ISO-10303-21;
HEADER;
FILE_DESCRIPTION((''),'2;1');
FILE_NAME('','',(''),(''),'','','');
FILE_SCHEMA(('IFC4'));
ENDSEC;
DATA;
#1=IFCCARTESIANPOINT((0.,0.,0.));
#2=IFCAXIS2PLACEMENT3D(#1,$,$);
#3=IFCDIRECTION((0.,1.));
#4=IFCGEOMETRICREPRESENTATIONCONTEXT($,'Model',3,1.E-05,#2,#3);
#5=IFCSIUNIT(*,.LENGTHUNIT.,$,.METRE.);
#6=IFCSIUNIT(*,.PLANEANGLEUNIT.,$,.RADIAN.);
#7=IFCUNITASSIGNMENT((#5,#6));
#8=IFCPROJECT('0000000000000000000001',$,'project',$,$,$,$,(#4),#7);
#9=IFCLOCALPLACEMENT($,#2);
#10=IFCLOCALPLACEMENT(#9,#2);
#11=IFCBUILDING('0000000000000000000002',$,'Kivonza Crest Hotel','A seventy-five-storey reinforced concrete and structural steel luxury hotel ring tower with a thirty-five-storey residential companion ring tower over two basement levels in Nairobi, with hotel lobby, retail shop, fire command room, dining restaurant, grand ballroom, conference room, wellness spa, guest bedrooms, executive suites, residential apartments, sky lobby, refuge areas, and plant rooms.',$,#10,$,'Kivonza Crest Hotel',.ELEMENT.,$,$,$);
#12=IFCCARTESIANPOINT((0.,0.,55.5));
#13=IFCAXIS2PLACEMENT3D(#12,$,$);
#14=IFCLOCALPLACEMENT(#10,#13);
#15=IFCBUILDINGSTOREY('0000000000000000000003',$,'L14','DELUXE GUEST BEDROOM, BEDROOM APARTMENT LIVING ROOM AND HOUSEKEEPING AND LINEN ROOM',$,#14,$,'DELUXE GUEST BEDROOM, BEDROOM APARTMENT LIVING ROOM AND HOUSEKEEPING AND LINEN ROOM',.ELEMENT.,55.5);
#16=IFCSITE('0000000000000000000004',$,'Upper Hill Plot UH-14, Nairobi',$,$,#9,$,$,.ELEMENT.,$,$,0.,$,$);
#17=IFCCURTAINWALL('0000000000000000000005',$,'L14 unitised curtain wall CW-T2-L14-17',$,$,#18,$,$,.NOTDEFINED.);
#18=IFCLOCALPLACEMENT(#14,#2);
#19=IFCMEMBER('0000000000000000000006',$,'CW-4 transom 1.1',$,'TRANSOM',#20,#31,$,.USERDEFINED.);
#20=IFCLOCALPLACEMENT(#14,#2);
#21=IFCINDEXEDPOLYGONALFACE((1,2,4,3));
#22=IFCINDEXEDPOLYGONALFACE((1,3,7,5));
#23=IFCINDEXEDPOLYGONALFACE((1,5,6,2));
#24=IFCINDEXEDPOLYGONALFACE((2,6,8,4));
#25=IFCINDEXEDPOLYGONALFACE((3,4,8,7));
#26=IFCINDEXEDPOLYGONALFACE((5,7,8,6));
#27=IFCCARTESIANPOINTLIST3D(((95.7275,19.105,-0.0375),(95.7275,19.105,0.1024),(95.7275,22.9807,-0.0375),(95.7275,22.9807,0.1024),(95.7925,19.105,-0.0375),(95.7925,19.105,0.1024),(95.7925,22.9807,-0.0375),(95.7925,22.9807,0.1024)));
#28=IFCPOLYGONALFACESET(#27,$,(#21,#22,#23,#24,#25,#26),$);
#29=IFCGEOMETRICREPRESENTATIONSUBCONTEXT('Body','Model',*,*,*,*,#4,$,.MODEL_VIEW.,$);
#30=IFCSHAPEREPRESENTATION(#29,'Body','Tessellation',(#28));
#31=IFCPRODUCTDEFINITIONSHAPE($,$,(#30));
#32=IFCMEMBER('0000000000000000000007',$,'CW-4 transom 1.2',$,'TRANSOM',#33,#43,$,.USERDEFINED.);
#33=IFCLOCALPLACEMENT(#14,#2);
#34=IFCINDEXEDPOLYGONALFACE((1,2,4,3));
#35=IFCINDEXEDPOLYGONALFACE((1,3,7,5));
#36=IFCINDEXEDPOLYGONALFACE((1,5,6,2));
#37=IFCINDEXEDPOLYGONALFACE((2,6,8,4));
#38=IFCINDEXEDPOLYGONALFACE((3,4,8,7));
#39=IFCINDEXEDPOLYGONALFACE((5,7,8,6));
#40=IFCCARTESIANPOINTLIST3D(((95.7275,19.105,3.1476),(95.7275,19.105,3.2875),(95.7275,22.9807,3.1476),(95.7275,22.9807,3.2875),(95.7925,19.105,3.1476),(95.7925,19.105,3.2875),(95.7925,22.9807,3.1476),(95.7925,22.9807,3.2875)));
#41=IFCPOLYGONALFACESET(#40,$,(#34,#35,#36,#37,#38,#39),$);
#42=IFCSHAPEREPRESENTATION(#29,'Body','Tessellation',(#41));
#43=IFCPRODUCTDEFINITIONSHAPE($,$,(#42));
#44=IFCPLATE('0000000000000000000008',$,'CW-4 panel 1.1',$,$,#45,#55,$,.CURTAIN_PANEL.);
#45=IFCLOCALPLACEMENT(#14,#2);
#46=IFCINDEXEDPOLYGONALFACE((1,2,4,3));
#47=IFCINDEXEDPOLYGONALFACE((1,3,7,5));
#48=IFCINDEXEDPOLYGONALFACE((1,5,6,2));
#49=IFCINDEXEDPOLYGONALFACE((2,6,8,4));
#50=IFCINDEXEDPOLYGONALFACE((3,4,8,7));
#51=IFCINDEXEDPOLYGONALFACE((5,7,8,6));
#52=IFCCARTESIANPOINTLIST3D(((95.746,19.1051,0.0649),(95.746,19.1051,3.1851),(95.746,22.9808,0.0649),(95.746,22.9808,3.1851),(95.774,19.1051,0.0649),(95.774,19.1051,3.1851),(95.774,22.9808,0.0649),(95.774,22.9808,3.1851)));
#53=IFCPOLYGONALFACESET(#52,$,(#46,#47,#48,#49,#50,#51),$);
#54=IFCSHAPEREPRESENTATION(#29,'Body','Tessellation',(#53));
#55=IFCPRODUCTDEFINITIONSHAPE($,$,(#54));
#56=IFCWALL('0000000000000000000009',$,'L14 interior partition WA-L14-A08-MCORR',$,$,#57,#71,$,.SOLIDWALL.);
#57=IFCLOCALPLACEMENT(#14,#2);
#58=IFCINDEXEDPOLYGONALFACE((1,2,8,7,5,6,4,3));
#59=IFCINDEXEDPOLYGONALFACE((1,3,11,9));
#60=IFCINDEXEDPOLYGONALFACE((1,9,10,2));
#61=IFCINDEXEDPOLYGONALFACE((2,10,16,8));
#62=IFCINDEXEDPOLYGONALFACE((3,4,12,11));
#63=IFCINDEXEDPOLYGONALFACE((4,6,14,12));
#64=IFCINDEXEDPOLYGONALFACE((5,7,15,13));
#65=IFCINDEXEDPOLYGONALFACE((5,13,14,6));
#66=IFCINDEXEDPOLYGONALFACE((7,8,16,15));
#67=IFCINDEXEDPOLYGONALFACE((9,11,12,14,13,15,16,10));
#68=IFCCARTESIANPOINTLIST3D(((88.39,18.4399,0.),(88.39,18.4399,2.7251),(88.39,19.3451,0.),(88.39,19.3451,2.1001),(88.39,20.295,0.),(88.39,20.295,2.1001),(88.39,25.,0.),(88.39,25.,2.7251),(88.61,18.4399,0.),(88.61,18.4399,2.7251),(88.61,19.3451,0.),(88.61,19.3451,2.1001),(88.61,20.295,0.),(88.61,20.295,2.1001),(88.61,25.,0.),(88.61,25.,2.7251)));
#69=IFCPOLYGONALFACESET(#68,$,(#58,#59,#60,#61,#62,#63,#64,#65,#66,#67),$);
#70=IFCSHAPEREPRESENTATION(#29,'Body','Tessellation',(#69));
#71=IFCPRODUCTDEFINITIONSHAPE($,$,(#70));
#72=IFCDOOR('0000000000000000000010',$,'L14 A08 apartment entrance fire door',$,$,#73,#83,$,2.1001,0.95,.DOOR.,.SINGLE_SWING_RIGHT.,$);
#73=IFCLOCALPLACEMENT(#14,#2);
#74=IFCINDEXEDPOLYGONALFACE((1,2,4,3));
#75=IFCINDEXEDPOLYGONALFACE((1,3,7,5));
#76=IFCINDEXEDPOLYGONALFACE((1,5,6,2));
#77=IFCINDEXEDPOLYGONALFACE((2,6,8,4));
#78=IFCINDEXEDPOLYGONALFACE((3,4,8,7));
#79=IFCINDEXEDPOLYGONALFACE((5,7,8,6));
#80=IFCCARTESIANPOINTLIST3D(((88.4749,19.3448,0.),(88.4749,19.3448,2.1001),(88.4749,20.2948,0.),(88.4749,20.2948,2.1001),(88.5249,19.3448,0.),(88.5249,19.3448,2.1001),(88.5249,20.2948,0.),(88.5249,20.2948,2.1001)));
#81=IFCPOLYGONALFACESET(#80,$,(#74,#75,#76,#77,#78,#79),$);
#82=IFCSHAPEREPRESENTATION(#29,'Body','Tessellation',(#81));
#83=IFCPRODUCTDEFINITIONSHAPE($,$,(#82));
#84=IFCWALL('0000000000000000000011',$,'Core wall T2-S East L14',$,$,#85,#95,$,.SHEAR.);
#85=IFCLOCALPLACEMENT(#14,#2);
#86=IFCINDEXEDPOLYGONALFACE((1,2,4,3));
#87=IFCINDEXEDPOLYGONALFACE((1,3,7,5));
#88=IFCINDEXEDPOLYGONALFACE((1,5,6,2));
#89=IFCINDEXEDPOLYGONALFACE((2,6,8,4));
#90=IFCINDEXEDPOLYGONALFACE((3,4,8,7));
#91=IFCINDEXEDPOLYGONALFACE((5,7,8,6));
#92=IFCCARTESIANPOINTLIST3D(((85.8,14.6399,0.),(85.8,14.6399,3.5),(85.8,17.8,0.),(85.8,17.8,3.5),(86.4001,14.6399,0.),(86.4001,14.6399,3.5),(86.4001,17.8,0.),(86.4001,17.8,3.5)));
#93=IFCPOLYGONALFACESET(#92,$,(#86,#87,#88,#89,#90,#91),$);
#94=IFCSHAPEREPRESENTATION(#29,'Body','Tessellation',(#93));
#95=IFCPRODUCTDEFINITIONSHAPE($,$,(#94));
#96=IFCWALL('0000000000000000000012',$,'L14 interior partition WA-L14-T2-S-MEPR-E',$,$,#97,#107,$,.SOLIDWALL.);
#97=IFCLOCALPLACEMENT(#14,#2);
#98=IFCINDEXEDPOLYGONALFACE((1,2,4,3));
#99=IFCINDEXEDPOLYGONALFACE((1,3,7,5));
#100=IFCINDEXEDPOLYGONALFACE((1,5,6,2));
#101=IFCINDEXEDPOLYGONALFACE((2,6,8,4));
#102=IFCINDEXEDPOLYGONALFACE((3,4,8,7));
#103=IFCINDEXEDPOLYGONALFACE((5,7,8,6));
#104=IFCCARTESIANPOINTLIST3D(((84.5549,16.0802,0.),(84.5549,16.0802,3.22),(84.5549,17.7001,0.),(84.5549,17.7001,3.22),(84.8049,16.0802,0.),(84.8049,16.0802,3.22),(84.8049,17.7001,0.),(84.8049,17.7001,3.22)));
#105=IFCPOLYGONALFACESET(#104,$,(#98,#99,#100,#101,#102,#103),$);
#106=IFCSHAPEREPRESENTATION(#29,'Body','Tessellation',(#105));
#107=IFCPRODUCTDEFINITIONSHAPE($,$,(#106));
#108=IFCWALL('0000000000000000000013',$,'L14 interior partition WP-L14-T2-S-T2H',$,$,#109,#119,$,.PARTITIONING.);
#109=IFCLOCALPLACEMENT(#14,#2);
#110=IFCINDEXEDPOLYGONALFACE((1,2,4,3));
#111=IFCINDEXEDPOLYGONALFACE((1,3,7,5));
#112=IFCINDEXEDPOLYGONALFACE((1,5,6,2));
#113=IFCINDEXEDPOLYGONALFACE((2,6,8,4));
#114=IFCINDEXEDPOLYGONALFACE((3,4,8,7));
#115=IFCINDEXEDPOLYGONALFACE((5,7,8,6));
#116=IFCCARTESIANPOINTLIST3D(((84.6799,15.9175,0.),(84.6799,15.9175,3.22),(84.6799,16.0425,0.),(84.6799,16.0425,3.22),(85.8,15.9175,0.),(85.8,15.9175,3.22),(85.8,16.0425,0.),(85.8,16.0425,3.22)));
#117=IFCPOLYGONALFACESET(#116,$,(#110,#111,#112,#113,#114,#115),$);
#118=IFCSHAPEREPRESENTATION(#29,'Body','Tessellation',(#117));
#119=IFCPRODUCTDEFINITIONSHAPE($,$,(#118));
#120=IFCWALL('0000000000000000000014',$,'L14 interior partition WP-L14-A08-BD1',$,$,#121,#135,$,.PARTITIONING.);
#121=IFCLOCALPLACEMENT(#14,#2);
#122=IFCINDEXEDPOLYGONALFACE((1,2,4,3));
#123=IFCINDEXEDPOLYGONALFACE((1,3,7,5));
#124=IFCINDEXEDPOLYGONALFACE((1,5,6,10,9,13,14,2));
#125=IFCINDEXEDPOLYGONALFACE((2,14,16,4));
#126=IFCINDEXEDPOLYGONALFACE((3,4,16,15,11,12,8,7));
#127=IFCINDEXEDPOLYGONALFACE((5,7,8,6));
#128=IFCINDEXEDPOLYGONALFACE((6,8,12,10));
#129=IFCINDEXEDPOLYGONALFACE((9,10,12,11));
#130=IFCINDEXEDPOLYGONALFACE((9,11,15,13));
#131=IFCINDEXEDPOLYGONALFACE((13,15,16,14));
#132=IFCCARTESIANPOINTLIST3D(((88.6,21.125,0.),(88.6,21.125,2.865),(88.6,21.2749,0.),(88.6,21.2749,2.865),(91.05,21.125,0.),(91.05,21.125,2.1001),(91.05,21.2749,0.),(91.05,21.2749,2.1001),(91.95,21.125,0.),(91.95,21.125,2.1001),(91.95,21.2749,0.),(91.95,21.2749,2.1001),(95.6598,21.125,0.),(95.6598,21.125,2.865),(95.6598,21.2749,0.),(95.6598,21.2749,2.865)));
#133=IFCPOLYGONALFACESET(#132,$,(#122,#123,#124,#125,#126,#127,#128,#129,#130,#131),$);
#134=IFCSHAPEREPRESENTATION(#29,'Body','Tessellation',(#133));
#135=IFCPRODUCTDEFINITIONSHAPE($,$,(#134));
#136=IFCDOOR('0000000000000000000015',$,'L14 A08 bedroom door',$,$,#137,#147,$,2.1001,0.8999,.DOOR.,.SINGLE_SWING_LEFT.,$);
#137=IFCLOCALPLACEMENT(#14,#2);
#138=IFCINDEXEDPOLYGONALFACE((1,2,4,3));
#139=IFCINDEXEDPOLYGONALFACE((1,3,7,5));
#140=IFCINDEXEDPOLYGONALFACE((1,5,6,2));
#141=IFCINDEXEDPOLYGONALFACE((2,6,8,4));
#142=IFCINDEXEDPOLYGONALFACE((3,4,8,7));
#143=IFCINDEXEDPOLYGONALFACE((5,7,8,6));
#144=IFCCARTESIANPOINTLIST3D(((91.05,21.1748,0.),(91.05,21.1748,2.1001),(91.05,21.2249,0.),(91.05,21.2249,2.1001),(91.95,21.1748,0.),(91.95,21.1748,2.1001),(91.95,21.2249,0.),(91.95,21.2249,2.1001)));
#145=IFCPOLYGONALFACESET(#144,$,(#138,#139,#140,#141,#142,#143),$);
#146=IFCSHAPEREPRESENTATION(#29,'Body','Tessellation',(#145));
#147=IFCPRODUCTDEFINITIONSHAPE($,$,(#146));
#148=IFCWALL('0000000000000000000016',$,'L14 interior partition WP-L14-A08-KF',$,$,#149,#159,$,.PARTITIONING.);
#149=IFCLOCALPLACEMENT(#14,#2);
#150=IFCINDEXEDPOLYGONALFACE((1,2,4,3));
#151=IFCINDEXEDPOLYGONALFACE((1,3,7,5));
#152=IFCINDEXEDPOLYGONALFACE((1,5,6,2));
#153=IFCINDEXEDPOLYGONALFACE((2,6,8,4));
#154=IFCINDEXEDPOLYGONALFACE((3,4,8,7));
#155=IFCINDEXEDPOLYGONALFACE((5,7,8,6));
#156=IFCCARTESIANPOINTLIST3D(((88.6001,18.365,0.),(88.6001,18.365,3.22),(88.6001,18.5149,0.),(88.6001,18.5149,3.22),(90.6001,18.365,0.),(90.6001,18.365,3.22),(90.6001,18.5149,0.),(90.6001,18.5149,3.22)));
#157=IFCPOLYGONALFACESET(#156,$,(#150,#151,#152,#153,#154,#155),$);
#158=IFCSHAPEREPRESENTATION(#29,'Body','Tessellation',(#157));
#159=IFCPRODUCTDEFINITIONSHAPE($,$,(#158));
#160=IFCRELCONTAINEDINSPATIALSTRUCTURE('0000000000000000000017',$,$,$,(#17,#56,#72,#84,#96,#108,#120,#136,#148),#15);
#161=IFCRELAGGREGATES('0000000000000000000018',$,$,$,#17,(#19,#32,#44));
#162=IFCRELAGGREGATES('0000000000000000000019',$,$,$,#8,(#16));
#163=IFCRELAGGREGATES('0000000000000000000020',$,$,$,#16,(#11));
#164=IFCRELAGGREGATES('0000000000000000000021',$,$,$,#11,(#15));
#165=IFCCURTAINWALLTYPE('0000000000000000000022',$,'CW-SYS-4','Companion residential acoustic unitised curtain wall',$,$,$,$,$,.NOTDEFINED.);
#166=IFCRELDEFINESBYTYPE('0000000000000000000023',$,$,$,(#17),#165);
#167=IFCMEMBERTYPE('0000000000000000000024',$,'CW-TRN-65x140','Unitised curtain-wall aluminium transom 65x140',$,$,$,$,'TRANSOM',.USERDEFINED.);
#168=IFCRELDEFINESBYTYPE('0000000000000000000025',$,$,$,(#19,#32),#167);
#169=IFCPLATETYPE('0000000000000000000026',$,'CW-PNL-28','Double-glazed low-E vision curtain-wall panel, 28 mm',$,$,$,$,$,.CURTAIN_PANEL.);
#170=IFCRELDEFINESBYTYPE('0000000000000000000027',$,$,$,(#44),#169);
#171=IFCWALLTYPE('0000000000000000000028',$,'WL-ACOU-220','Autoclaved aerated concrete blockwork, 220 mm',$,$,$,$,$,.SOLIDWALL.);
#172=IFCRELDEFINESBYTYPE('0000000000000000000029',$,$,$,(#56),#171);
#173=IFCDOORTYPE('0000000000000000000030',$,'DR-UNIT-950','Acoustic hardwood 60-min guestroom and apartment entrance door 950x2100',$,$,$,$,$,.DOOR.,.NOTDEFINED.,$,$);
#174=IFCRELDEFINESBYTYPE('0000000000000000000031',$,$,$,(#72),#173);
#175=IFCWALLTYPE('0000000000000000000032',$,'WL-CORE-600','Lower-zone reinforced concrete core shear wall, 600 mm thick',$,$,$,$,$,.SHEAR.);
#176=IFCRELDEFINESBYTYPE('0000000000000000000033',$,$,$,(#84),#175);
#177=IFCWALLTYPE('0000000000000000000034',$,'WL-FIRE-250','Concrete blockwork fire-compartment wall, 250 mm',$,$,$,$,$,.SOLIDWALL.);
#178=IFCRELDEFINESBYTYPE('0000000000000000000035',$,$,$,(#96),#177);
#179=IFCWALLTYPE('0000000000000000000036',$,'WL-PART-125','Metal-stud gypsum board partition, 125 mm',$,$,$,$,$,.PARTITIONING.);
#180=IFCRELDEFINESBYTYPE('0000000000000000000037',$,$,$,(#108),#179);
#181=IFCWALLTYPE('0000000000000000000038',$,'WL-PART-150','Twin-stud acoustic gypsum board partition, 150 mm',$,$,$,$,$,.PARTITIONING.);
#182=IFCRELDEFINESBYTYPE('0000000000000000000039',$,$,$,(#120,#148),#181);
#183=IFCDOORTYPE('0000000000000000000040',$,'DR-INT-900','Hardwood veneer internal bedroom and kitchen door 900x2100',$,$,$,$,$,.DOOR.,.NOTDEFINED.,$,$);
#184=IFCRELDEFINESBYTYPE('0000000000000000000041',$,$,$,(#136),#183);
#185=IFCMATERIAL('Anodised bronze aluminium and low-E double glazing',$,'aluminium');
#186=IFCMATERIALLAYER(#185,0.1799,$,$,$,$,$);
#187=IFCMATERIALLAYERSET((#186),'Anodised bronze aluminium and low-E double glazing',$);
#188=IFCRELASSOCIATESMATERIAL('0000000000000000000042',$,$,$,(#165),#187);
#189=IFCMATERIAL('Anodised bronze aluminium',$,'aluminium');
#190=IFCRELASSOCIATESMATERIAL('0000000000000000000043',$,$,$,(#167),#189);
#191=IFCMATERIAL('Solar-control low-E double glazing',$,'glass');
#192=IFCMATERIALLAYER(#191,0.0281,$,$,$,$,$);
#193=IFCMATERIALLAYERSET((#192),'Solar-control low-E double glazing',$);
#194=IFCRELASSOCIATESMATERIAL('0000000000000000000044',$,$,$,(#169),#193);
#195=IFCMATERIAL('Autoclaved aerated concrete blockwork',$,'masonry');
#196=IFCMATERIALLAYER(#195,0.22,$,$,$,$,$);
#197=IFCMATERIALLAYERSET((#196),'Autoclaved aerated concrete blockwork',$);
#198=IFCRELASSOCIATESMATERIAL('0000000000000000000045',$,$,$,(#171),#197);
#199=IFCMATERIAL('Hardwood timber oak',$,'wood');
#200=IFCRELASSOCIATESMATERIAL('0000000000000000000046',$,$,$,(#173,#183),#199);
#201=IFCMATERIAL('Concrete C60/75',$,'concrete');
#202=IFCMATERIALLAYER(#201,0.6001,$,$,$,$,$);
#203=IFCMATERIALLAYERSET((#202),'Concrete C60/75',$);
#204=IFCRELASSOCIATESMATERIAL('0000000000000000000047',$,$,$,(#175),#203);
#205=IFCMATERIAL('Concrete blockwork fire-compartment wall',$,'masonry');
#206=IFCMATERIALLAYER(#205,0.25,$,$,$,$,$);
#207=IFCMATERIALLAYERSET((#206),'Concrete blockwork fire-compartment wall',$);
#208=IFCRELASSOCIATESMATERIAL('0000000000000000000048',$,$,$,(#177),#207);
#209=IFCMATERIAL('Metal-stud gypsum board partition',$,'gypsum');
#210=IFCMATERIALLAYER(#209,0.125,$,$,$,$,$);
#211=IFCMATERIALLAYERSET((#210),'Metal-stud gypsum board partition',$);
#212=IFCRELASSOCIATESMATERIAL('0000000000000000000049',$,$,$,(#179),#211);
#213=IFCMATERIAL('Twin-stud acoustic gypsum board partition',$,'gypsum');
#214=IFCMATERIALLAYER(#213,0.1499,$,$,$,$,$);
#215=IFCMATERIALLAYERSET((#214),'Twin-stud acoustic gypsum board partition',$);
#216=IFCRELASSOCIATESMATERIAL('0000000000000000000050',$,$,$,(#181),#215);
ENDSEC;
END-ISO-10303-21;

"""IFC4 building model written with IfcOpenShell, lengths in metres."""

from ifc_helpers import new_model, si_unit, direction, frame, frame_2d, origin, origin_2d, place, context, subcontext, project, spatial, rectangle, extrude, material, layer, layer_set, material_profile, profile_set, type_object, element, fill, aggregate, save


model = new_model("IFC4")

# Units and contexts
model_context = context("Model", 3, precision=1e-05, world=origin(), true_north=direction((0.0, 1.0)))
body_context = subcontext(model_context, "Body", "Model", "MODEL_VIEW")
ifc_project = project(units=[si_unit("LENGTHUNIT", "METRE"), si_unit("PLANEANGLEUNIT", "RADIAN")], contexts=[model_context])

# Site, building, storey
site_placement = place(None, origin())
site = spatial("IfcSite", under=ifc_project, at=site_placement, Name="Upper Hill Plot UH-14, Nairobi", CompositionType="ELEMENT", RefElevation=0.0)
building_placement = place(site_placement, origin())
building = spatial("IfcBuilding", under=site, at=building_placement, Name="Kivonza Crest Hotel", Description="A seventy-five-storey reinforced concrete and structural steel luxury hotel ring tower with a thirty-five-storey residential companion ring tower over two basement levels in Nairobi, with hotel lobby, retail shop, fire command room, dining restaurant, grand ballroom, conference room, wellness spa, guest bedrooms, executive suites, residential apartments, sky lobby, refuge areas, and plant rooms.", LongName="Kivonza Crest Hotel", CompositionType="ELEMENT")
storey_placement = place(building_placement, frame((0.0, 0.0, 55.5)))
storey = spatial("IfcBuildingStorey", under=building, at=storey_placement, Name="L14", Description="DELUXE GUEST BEDROOM, BEDROOM APARTMENT LIVING ROOM AND HOUSEKEEPING AND LINEN ROOM", LongName="DELUXE GUEST BEDROOM, BEDROOM APARTMENT LIVING ROOM AND HOUSEKEEPING AND LINEN ROOM", CompositionType="ELEMENT", Elevation=55.5)

# Curtain wall, members, plate
ifc_material_1 = material(Name="Anodised bronze aluminium and low-E double glazing", Category="aluminium")
ifc_layer_1 = layer(ifc_material_1, 0.1799)
ifc_layer_set_1 = layer_set([ifc_layer_1], Name="Anodised bronze aluminium and low-E double glazing")
curtain_wall_type = type_object("IfcCurtainWallType", Name="CW-SYS-4", Description="Companion residential acoustic unitised curtain wall", PredefinedType="NOTDEFINED", material=ifc_layer_set_1)
curtain_wall_placement = place(storey_placement, origin())
curtain_wall = element("IfcCurtainWall", 1, at=curtain_wall_placement, inside=storey, type_object=curtain_wall_type, Name="L14 unitised curtain wall CW-T2-L14-17", PredefinedType="NOTDEFINED")
ifc_material_2 = material(Name="Anodised bronze aluminium", Category="aluminium")
ifc_material_profile_1 = material_profile(ifc_material_2, rectangle(XDim=0.0649, YDim=0.1399, at=origin_2d()), Name="CW-T 65x140")
ifc_profile_set_1 = profile_set([ifc_material_profile_1], Name="Anodised bronze aluminium")
member_type_1 = type_object("IfcMemberType", Name="CW-TRN-65x140", Description="Unitised curtain-wall aluminium transom 65x140", ElementType="TRANSOM", PredefinedType="USERDEFINED", material=ifc_profile_set_1)
member_1_placement = place(storey_placement, frame((95.76, 19.105, 0.0325), z_axis=(0.0, 1.0, 0.0), x_axis=(-1.0, 0.0, 0.0)))
member_1 = element("IfcMember", 2, at=member_1_placement, type_object=member_type_1, Name="CW-4 transom 1.1", ObjectType="TRANSOM", PredefinedType="USERDEFINED", context=body_context, shape_type="SweptSolid", body=[
    extrude(rectangle(XDim=0.0649, YDim=0.1399, at=origin_2d()), origin(), (0.0, 0.0, 1.0), 3.8757),
])
member_2_placement = place(storey_placement, frame((95.76, 19.105, 3.2175), z_axis=(0.0, 1.0, 0.0), x_axis=(-1.0, 0.0, 0.0)))
member_2 = element("IfcMember", 3, at=member_2_placement, type_object=member_type_1, Name="CW-4 transom 1.2", ObjectType="TRANSOM", PredefinedType="USERDEFINED", context=body_context, shape_type="SweptSolid", body=[
    extrude(rectangle(XDim=0.0649, YDim=0.1399, at=origin_2d()), origin(), (0.0, 0.0, 1.0), 3.8757),
])
ifc_material_3 = material(Name="Solar-control low-E double glazing", Category="glass")
ifc_layer_2 = layer(ifc_material_3, 0.0281)
ifc_layer_set_2 = layer_set([ifc_layer_2], Name="Solar-control low-E double glazing")
plate_type = type_object("IfcPlateType", Name="CW-PNL-28", Description="Double-glazed low-E vision curtain-wall panel, 28 mm", PredefinedType="CURTAIN_PANEL", material=ifc_layer_set_2)
plate_placement = place(storey_placement, frame((95.76, 21.043, 0.0649), z_axis=(0.0, 0.0, 1.0), x_axis=(0.0, 1.0, 0.0)))
plate = element("IfcPlate", 4, at=plate_placement, type_object=plate_type, Name="CW-4 panel 1.1", PredefinedType="CURTAIN_PANEL", context=body_context, shape_type="SweptSolid", body=[
    extrude(rectangle(XDim=3.8757, YDim=0.0281, at=origin_2d()), origin(), (0.0, 0.0, 1.0), 3.1201),
])
aggregate(curtain_wall, [member_1, member_2, plate])

# Wall, opening, door
ifc_material_4 = material(Name="Autoclaved aerated concrete blockwork", Category="masonry")
ifc_layer_3 = layer(ifc_material_4, 0.22)
ifc_layer_set_3 = layer_set([ifc_layer_3], Name="Autoclaved aerated concrete blockwork")
wall_type_1 = type_object("IfcWallType", Name="WL-ACOU-220", Description="Autoclaved aerated concrete blockwork, 220 mm", PredefinedType="SOLIDWALL", material=ifc_layer_set_3)
wall_1_placement = place(storey_placement, frame((88.5, 18.4399, 0.0), z_axis=(0.0, 0.0, 1.0), x_axis=(0.0, 1.0, 0.0)))
wall_1 = element("IfcWall", 5, at=wall_1_placement, inside=storey, type_object=wall_type_1, Name="L14 interior partition WA-L14-A08-MCORR", PredefinedType="SOLIDWALL", context=body_context, shape_type="SweptSolid", body=[
    extrude(rectangle(XDim=6.5601, YDim=0.22, at=frame_2d((3.28, 0.0))), origin(), (0.0, 0.0, 1.0), 2.7251),
])
opening_1_placement = place(wall_1_placement, frame((0.905, 0.0, 0.0)))
opening_1 = element("IfcOpeningElement", 6, at=opening_1_placement, cuts=wall_1, PredefinedType="OPENING", context=body_context, shape_type="SweptSolid", body=[
    extrude(rectangle(XDim=0.95, YDim=2.1001, at=frame_2d((0.4751, 1.05))), frame((0.0, 0.1201, 0.0), z_axis=(0.0, -1.0, 0.0), x_axis=(1.0, 0.0, 0.0)), (0.0, 0.0, 1.0), 0.24),
])
ifc_material_5 = material(Name="Hardwood timber oak", Category="wood")
door_type_1 = type_object("IfcDoorType", Name="DR-UNIT-950", Description="Acoustic hardwood 60-min guestroom and apartment entrance door 950x2100", OperationType="NOTDEFINED", PredefinedType="DOOR", material=ifc_material_5)
door_1_placement = place(opening_1_placement, frame((0.95, 0.0, 0.0), z_axis=(0.0, 0.0, 1.0), x_axis=(-1.0, 0.0, 0.0)))
door_1 = element("IfcDoor", 7, at=door_1_placement, inside=storey, type_object=door_type_1, Name="L14 A08 apartment entrance fire door", OperationType="SINGLE_SWING_RIGHT", OverallHeight=2.1001, OverallWidth=0.95, PredefinedType="DOOR", context=body_context, shape_type="SweptSolid", body=[
    extrude(rectangle(XDim=0.95, YDim=2.1001, at=frame_2d((0.4751, 1.05))), frame((0.0, 0.0249, 0.0), z_axis=(0.0, -1.0, 0.0), x_axis=(1.0, 0.0, 0.0)), (0.0, 0.0, 1.0), 0.05),
])
fill(opening_1, door_1)

# Walls
ifc_material_6 = material(Name="Concrete C60/75", Category="concrete")
ifc_layer_4 = layer(ifc_material_6, 0.6001)
ifc_layer_set_4 = layer_set([ifc_layer_4], Name="Concrete C60/75")
wall_type_2 = type_object("IfcWallType", Name="WL-CORE-600", Description="Lower-zone reinforced concrete core shear wall, 600 mm thick", PredefinedType="SHEAR", material=ifc_layer_set_4)
wall_2_placement = place(storey_placement, frame((86.1001, 14.6399, 0.0), z_axis=(0.0, 0.0, 1.0), x_axis=(0.0, 1.0, 0.0)))
element("IfcWall", 8, at=wall_2_placement, inside=storey, type_object=wall_type_2, Name="Core wall T2-S East L14", PredefinedType="SHEAR", context=body_context, shape_type="SweptSolid", body=[
    extrude(rectangle(XDim=3.1602, YDim=0.6001, at=frame_2d((1.5801, 0.0))), origin(), (0.0, 0.0, 1.0), 3.5),
])
ifc_material_7 = material(Name="Concrete blockwork fire-compartment wall", Category="masonry")
ifc_layer_5 = layer(ifc_material_7, 0.25)
ifc_layer_set_5 = layer_set([ifc_layer_5], Name="Concrete blockwork fire-compartment wall")
wall_type_3 = type_object("IfcWallType", Name="WL-FIRE-250", Description="Concrete blockwork fire-compartment wall, 250 mm", PredefinedType="SOLIDWALL", material=ifc_layer_set_5)
wall_3_placement = place(storey_placement, frame((84.6799, 16.0801, 0.0), z_axis=(0.0, 0.0, 1.0), x_axis=(0.0, 1.0, 0.0)))
element("IfcWall", 9, at=wall_3_placement, inside=storey, type_object=wall_type_3, Name="L14 interior partition WA-L14-T2-S-MEPR-E", PredefinedType="SOLIDWALL", context=body_context, shape_type="SweptSolid", body=[
    extrude(rectangle(XDim=1.6199, YDim=0.25, at=frame_2d((0.8101, 0.0))), origin(), (0.0, 0.0, 1.0), 3.22),
])
ifc_material_8 = material(Name="Metal-stud gypsum board partition", Category="gypsum")
ifc_layer_6 = layer(ifc_material_8, 0.125)
ifc_layer_set_6 = layer_set([ifc_layer_6], Name="Metal-stud gypsum board partition")
wall_type_4 = type_object("IfcWallType", Name="WL-PART-125", Description="Metal-stud gypsum board partition, 125 mm", PredefinedType="PARTITIONING", material=ifc_layer_set_6)
wall_4_placement = place(storey_placement, frame((84.6799, 15.98, 0.0), z_axis=(0.0, 0.0, 1.0), x_axis=(1.0, 0.0, 0.0)))
element("IfcWall", 10, at=wall_4_placement, inside=storey, type_object=wall_type_4, Name="L14 interior partition WP-L14-T2-S-T2H", PredefinedType="PARTITIONING", context=body_context, shape_type="SweptSolid", body=[
    extrude(rectangle(XDim=1.1201, YDim=0.125, at=frame_2d((0.5601, 0.0))), origin(), (0.0, 0.0, 1.0), 3.22),
])

# Wall, opening, door
ifc_material_9 = material(Name="Twin-stud acoustic gypsum board partition", Category="gypsum")
ifc_layer_7 = layer(ifc_material_9, 0.1499)
ifc_layer_set_7 = layer_set([ifc_layer_7], Name="Twin-stud acoustic gypsum board partition")
wall_type_5 = type_object("IfcWallType", Name="WL-PART-150", Description="Twin-stud acoustic gypsum board partition, 150 mm", PredefinedType="PARTITIONING", material=ifc_layer_set_7)
wall_5_placement = place(storey_placement, frame((88.6001, 21.2, 0.0), z_axis=(0.0, 0.0, 1.0), x_axis=(1.0, 0.0, 0.0)))
wall_5 = element("IfcWall", 11, at=wall_5_placement, inside=storey, type_object=wall_type_5, Name="L14 interior partition WP-L14-A08-BD1", PredefinedType="PARTITIONING", context=body_context, shape_type="SweptSolid", body=[
    extrude(rectangle(XDim=7.0598, YDim=0.1499, at=frame_2d((3.5298, 0.0))), origin(), (0.0, 0.0, 1.0), 2.865),
])
opening_2_placement = place(wall_5_placement, frame((2.45, 0.0, 0.0)))
opening_2 = element("IfcOpeningElement", 12, at=opening_2_placement, cuts=wall_5, PredefinedType="OPENING", context=body_context, shape_type="SweptSolid", body=[
    extrude(rectangle(XDim=0.8999, YDim=2.1001, at=frame_2d((0.45, 1.05))), frame((0.0, 0.085, 0.0), z_axis=(0.0, -1.0, 0.0), x_axis=(1.0, 0.0, 0.0)), (0.0, 0.0, 1.0), 0.1699),
])
door_type_2 = type_object("IfcDoorType", Name="DR-INT-900", Description="Hardwood veneer internal bedroom and kitchen door 900x2100", OperationType="NOTDEFINED", PredefinedType="DOOR", material=ifc_material_5)
door_2_placement = place(opening_2_placement, origin())
door_2 = element("IfcDoor", 13, at=door_2_placement, inside=storey, type_object=door_type_2, Name="L14 A08 bedroom door", OperationType="SINGLE_SWING_LEFT", OverallHeight=2.1001, OverallWidth=0.8999, PredefinedType="DOOR", context=body_context, shape_type="SweptSolid", body=[
    extrude(rectangle(XDim=0.8999, YDim=2.1001, at=frame_2d((0.45, 1.05))), frame((0.0, 0.0249, 0.0), z_axis=(0.0, -1.0, 0.0), x_axis=(1.0, 0.0, 0.0)), (0.0, 0.0, 1.0), 0.05),
])
fill(opening_2, door_2)

# Wall
wall_6_placement = place(storey_placement, frame((88.6001, 18.4399, 0.0), z_axis=(0.0, 0.0, 1.0), x_axis=(1.0, 0.0, 0.0)))
element("IfcWall", 14, at=wall_6_placement, inside=storey, type_object=wall_type_5, Name="L14 interior partition WP-L14-A08-KF", PredefinedType="PARTITIONING", context=body_context, shape_type="SweptSolid", body=[
    extrude(rectangle(XDim=2.0, YDim=0.1499, at=frame_2d((1.0, 0.0))), origin(), (0.0, 0.0, 1.0), 3.22),
])

save(model, "model.ifc")
